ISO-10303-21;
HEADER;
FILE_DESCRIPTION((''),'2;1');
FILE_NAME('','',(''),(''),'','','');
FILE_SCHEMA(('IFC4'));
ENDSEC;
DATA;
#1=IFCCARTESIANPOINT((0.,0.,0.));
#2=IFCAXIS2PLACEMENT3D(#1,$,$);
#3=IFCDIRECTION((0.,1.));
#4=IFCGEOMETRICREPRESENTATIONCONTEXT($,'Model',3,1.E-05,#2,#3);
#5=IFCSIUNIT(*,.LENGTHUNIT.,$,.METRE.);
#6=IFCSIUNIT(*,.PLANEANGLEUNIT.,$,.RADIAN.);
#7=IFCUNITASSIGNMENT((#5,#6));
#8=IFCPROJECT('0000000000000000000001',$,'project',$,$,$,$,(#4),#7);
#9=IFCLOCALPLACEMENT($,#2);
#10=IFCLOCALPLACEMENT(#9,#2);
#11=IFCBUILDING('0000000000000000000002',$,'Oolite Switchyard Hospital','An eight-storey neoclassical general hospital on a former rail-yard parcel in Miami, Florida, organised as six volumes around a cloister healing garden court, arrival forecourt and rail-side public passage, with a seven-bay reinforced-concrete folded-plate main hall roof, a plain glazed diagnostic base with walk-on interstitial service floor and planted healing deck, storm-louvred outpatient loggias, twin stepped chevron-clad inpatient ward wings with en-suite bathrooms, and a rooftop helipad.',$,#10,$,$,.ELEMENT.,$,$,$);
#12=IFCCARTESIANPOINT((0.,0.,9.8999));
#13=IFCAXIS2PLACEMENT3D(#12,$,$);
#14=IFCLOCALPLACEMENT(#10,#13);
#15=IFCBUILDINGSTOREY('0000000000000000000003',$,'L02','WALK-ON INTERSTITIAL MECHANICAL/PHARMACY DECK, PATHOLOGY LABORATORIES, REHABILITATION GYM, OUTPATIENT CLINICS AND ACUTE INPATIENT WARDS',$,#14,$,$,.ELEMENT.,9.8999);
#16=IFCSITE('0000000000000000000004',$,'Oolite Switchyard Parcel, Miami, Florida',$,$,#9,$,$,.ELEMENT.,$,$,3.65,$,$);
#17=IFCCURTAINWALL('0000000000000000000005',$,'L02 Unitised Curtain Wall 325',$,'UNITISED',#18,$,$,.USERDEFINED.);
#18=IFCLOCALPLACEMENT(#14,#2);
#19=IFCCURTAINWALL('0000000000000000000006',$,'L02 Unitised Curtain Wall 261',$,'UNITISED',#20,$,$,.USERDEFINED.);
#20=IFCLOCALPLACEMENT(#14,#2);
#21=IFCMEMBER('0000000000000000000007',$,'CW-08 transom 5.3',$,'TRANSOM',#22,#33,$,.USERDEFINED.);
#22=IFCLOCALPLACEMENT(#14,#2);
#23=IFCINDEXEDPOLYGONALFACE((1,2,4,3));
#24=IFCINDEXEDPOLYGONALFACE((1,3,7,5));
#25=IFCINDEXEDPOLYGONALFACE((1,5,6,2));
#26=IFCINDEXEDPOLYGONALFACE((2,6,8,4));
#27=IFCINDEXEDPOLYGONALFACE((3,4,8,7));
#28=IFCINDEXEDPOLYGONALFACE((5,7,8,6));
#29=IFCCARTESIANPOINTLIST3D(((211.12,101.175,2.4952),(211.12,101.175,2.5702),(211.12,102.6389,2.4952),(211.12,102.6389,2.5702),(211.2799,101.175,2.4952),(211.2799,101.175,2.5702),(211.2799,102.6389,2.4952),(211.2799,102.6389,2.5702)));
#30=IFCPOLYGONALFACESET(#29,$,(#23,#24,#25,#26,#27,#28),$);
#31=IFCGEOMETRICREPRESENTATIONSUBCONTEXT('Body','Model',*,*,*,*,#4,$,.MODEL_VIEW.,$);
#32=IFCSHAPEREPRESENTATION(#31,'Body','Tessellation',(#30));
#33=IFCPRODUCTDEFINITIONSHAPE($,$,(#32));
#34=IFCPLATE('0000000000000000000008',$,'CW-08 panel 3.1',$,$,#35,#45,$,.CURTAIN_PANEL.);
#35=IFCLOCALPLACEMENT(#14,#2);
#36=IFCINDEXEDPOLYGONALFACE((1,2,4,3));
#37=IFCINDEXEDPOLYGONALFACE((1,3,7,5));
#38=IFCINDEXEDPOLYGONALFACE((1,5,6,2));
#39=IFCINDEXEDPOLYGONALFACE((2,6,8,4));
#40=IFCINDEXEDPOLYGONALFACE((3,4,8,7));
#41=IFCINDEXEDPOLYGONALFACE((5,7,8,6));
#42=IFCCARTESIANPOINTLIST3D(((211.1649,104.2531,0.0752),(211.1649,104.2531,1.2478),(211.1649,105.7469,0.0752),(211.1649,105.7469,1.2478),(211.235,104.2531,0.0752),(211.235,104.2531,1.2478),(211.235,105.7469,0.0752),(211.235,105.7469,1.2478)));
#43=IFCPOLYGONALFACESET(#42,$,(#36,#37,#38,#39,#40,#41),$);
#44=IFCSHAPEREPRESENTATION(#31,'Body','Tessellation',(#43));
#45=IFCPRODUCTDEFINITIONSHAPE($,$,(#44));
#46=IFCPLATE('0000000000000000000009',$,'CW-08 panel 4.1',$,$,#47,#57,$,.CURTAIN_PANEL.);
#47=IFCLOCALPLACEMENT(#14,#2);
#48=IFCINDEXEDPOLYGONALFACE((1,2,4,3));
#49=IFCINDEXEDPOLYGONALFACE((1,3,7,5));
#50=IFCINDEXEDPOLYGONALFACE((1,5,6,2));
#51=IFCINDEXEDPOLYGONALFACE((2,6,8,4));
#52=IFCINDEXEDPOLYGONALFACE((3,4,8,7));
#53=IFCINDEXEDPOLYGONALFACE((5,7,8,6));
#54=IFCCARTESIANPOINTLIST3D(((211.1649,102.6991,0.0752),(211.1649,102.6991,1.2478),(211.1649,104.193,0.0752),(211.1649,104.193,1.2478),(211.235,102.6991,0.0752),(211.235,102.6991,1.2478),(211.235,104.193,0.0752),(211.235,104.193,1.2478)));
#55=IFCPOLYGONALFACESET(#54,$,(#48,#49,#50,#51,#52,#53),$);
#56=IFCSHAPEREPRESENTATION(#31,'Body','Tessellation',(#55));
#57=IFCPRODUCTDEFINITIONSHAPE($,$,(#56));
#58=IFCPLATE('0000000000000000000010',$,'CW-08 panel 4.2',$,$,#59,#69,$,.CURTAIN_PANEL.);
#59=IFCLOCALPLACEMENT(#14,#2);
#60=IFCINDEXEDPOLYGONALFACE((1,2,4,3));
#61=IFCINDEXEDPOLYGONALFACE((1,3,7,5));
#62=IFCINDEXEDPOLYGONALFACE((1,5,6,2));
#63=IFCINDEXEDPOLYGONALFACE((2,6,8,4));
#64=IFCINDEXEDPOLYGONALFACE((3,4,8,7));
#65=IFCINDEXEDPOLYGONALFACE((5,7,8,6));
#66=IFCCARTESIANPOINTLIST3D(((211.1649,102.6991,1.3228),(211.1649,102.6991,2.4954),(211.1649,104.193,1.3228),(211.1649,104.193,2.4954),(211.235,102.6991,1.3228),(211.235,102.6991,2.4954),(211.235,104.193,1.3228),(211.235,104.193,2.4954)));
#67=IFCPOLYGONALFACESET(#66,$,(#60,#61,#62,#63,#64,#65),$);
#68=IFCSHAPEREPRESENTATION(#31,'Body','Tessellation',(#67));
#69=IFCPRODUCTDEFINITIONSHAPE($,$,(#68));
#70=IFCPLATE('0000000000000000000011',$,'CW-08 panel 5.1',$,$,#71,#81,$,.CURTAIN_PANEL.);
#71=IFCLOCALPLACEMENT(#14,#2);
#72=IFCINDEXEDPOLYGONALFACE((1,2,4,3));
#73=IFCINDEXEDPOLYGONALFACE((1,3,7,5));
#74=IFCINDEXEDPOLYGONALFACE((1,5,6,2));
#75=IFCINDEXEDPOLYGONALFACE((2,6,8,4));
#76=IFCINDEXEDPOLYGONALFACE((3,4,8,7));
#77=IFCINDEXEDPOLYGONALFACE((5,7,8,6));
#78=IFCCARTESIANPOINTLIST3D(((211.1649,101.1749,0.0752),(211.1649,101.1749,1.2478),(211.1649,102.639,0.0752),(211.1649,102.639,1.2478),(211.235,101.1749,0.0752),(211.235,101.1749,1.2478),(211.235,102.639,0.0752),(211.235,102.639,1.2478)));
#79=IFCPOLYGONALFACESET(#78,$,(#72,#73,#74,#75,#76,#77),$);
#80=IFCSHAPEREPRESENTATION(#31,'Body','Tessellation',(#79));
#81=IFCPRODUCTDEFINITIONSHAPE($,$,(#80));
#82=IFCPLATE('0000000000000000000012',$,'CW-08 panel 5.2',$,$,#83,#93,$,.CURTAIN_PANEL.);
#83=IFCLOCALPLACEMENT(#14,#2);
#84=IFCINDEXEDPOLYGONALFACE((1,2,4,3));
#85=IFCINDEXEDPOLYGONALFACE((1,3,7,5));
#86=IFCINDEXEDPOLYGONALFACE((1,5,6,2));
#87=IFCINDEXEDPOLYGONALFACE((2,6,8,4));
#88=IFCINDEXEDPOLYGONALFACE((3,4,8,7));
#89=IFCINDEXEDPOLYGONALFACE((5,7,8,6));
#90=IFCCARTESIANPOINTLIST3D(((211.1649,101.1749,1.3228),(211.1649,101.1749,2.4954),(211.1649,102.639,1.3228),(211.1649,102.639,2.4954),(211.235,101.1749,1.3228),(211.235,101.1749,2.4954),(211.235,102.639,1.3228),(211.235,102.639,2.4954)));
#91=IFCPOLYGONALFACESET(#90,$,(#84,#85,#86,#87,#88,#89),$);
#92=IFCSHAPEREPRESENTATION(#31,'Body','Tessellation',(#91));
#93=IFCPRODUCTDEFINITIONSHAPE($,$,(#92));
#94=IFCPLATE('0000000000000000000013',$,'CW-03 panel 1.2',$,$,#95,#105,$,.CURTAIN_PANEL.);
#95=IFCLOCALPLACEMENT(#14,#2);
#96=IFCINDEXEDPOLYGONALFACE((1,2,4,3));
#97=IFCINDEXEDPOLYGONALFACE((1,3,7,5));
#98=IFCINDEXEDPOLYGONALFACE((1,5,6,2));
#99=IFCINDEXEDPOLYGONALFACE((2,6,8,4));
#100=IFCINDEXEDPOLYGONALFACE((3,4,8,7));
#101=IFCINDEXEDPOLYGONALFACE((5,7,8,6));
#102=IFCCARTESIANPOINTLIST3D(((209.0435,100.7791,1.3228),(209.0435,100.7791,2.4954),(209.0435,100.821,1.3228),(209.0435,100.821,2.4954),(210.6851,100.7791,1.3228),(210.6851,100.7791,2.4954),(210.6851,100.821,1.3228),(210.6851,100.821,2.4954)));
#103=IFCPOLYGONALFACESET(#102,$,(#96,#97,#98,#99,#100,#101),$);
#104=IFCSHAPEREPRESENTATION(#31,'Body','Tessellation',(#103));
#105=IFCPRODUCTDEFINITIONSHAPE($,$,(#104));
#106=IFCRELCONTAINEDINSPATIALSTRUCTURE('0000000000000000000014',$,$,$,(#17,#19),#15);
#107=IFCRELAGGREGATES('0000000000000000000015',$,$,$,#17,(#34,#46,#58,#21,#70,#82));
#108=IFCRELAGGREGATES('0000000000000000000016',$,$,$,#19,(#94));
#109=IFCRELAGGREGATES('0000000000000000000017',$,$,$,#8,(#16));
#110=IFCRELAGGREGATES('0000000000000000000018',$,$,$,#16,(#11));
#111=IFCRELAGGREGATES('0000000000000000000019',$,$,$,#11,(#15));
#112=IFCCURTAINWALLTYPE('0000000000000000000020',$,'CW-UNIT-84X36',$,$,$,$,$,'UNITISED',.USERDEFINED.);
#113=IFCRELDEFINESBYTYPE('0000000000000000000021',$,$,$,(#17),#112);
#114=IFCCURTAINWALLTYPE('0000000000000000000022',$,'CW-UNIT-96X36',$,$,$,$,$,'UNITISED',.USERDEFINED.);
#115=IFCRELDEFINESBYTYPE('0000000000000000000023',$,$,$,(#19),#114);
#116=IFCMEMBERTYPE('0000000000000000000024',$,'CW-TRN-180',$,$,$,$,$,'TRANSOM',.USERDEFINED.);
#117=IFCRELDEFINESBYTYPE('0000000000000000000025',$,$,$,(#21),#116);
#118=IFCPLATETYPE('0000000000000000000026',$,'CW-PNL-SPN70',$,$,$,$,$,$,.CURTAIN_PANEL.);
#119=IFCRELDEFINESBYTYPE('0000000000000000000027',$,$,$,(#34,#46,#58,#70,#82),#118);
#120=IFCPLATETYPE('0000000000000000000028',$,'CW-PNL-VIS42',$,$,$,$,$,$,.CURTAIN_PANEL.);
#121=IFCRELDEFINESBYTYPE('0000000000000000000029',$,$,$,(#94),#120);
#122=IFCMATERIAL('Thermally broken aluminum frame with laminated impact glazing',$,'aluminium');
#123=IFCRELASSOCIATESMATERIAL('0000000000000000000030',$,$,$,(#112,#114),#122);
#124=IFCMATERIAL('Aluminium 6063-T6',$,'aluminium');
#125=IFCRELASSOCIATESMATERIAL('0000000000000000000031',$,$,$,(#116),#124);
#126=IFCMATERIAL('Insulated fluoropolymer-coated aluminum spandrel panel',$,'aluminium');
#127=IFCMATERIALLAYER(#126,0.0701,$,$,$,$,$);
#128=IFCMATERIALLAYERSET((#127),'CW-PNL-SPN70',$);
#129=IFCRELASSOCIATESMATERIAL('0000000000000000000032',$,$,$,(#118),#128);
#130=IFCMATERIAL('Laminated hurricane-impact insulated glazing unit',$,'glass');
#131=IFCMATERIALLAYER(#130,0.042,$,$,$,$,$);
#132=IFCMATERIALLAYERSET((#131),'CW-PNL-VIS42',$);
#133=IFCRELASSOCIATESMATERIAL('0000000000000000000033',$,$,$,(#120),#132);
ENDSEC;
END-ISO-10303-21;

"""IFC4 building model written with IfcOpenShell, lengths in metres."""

from ifc_helpers import new_model, si_unit, direction, frame, origin, origin_2d, place, context, subcontext, project, spatial, rectangle, extrude, material, layer, layer_set, material_profile, profile_set, type_object, element, aggregate, save


model = new_model("IFC4")

# Units and contexts
model_context = context("Model", 3, precision=1e-05, world=origin(), true_north=direction((0.0, 1.0)))
body_context = subcontext(model_context, "Body", "Model", "MODEL_VIEW")
ifc_project = project(units=[si_unit("LENGTHUNIT", "METRE"), si_unit("PLANEANGLEUNIT", "RADIAN")], contexts=[model_context])

# Site, building, storey
site_placement = place(None, origin())
site = spatial("IfcSite", under=ifc_project, at=site_placement, Name="Oolite Switchyard Parcel, Miami, Florida", CompositionType="ELEMENT", RefElevation=3.65)
building_placement = place(site_placement, origin())
building = spatial("IfcBuilding", under=site, at=building_placement, Name="Oolite Switchyard Hospital", Description="An eight-storey neoclassical general hospital on a former rail-yard parcel in Miami, Florida, organised as six volumes around a cloister healing garden court, arrival forecourt and rail-side public passage, with a seven-bay reinforced-concrete folded-plate main hall roof, a plain glazed diagnostic base with walk-on interstitial service floor and planted healing deck, storm-louvred outpatient loggias, twin stepped chevron-clad inpatient ward wings with en-suite bathrooms, and a rooftop helipad.", CompositionType="ELEMENT")
storey_placement = place(building_placement, frame((0.0, 0.0, 9.8999)))
storey = spatial("IfcBuildingStorey", under=building, at=storey_placement, Name="L02", Description="WALK-ON INTERSTITIAL MECHANICAL/PHARMACY DECK, PATHOLOGY LABORATORIES, REHABILITATION GYM, OUTPATIENT CLINICS AND ACUTE INPATIENT WARDS", CompositionType="ELEMENT", Elevation=9.8999)

# Curtain walls
ifc_material_1 = material(Name="Thermally broken aluminum frame with laminated impact glazing", Category="aluminium")
curtain_wall_type_1 = type_object("IfcCurtainWallType", Name="CW-UNIT-84X36", ElementType="UNITISED", PredefinedType="USERDEFINED", material=ifc_material_1)
curtain_wall_1_placement = place(storey_placement, origin())
curtain_wall_1 = element("IfcCurtainWall", 1, at=curtain_wall_1_placement, inside=storey, type_object=curtain_wall_type_1, Name="L02 Unitised Curtain Wall 325", ObjectType="UNITISED", PredefinedType="USERDEFINED")
ifc_material_2 = material(Name="Aluminium 6063-T6", Category="aluminium")
curtain_wall_type_2 = type_object("IfcCurtainWallType", Name="CW-UNIT-96X36", ElementType="UNITISED", PredefinedType="USERDEFINED", material=ifc_material_1)
curtain_wall_2_placement = place(storey_placement, origin())
curtain_wall_2 = element("IfcCurtainWall", 2, at=curtain_wall_2_placement, inside=storey, type_object=curtain_wall_type_2, Name="L02 Unitised Curtain Wall 261", ObjectType="UNITISED", PredefinedType="USERDEFINED")
ifc_material_profile_1 = material_profile(ifc_material_2, rectangle(XDim=0.1599, YDim=0.075, at=origin_2d()), Name="CWT75X160")
ifc_profile_set_1 = profile_set([ifc_material_profile_1], Name="Aluminium 6063-T6")
member_type_1 = type_object("IfcMemberType", Name="CW-TRN-180", ElementType="TRANSOM", PredefinedType="USERDEFINED", material=ifc_profile_set_1)

# Member
member_1_placement = place(storey_placement, frame((211.2, 102.6389, 2.5327), z_axis=(0.0, -1.0, 0.0), x_axis=(1.0, 0.0, 0.0)))
member_1 = element("IfcMember", 3, at=member_1_placement, type_object=member_type_1, Name="CW-08 transom 5.3", ObjectType="TRANSOM", PredefinedType="USERDEFINED", context=body_context, shape_type="SweptSolid", body=[
    extrude(rectangle(XDim=0.1599, YDim=0.075, at=origin_2d()), origin(), (0.0, 0.0, 1.0), 1.4639),
])

# Plates
ifc_material_3 = material(Name="Insulated fluoropolymer-coated aluminum spandrel panel", Category="aluminium")
ifc_layer_1 = layer(ifc_material_3, 0.0701)
ifc_layer_set_1 = layer_set([ifc_layer_1], Name="CW-PNL-SPN70")
plate_type_1 = type_object("IfcPlateType", Name="CW-PNL-SPN70", PredefinedType="CURTAIN_PANEL", material=ifc_layer_set_1)
plate_1_placement = place(storey_placement, frame((211.2, 105.0, 0.0752), z_axis=(0.0, 0.0, 1.0), x_axis=(0.0, -1.0, 0.0)))
plate_1 = element("IfcPlate", 4, at=plate_1_placement, type_object=plate_type_1, Name="CW-08 panel 3.1", PredefinedType="CURTAIN_PANEL", context=body_context, shape_type="SweptSolid", body=[
    extrude(rectangle(XDim=1.4939, YDim=0.0701, at=origin_2d()), origin(), (0.0, 0.0, 1.0), 1.1726),
])
plate_2_placement = place(storey_placement, frame((211.2, 103.446, 0.0752), z_axis=(0.0, 0.0, 1.0), x_axis=(0.0, -1.0, 0.0)))
plate_2 = element("IfcPlate", 5, at=plate_2_placement, type_object=plate_type_1, Name="CW-08 panel 4.1", PredefinedType="CURTAIN_PANEL", context=body_context, shape_type="SweptSolid", body=[
    extrude(rectangle(XDim=1.4939, YDim=0.0701, at=origin_2d()), origin(), (0.0, 0.0, 1.0), 1.1726),
])
plate_3_placement = place(storey_placement, frame((211.2, 103.446, 1.3228), z_axis=(0.0, 0.0, 1.0), x_axis=(0.0, -1.0, 0.0)))
plate_3 = element("IfcPlate", 6, at=plate_3_placement, type_object=plate_type_1, Name="CW-08 panel 4.2", PredefinedType="CURTAIN_PANEL", context=body_context, shape_type="SweptSolid", body=[
    extrude(rectangle(XDim=1.4939, YDim=0.0701, at=origin_2d()), origin(), (0.0, 0.0, 1.0), 1.1726),
])
plate_4_placement = place(storey_placement, frame((211.2, 101.907, 0.0752), z_axis=(0.0, 0.0, 1.0), x_axis=(0.0, -1.0, 0.0)))
plate_4 = element("IfcPlate", 7, at=plate_4_placement, type_object=plate_type_1, Name="CW-08 panel 5.1", PredefinedType="CURTAIN_PANEL", context=body_context, shape_type="SweptSolid", body=[
    extrude(rectangle(XDim=1.4641, YDim=0.0701, at=origin_2d()), origin(), (0.0, 0.0, 1.0), 1.1726),
])
plate_5_placement = place(storey_placement, frame((211.2, 101.907, 1.3228), z_axis=(0.0, 0.0, 1.0), x_axis=(0.0, -1.0, 0.0)))
plate_5 = element("IfcPlate", 8, at=plate_5_placement, type_object=plate_type_1, Name="CW-08 panel 5.2", PredefinedType="CURTAIN_PANEL", context=body_context, shape_type="SweptSolid", body=[
    extrude(rectangle(XDim=1.4641, YDim=0.0701, at=origin_2d()), origin(), (0.0, 0.0, 1.0), 1.1726),
])
aggregate(curtain_wall_1, [plate_1, plate_2, plate_3, member_1, plate_4, plate_5])
ifc_material_4 = material(Name="Laminated hurricane-impact insulated glazing unit", Category="glass")
ifc_layer_2 = layer(ifc_material_4, 0.042)
ifc_layer_set_2 = layer_set([ifc_layer_2], Name="CW-PNL-VIS42")
plate_type_2 = type_object("IfcPlateType", Name="CW-PNL-VIS42", PredefinedType="CURTAIN_PANEL", material=ifc_layer_set_2)
plate_6_placement = place(storey_placement, frame((209.8643, 100.8, 1.3228), z_axis=(0.0, 0.0, 1.0), x_axis=(-1.0, 0.0, 0.0)))
plate_6 = element("IfcPlate", 9, at=plate_6_placement, type_object=plate_type_2, Name="CW-03 panel 1.2", PredefinedType="CURTAIN_PANEL", context=body_context, shape_type="SweptSolid", body=[
    extrude(rectangle(XDim=1.6416, YDim=0.042, at=origin_2d()), origin(), (0.0, 0.0, 1.0), 1.1726),
])
aggregate(curtain_wall_2, [plate_6])

save(model, "model.ifc")
